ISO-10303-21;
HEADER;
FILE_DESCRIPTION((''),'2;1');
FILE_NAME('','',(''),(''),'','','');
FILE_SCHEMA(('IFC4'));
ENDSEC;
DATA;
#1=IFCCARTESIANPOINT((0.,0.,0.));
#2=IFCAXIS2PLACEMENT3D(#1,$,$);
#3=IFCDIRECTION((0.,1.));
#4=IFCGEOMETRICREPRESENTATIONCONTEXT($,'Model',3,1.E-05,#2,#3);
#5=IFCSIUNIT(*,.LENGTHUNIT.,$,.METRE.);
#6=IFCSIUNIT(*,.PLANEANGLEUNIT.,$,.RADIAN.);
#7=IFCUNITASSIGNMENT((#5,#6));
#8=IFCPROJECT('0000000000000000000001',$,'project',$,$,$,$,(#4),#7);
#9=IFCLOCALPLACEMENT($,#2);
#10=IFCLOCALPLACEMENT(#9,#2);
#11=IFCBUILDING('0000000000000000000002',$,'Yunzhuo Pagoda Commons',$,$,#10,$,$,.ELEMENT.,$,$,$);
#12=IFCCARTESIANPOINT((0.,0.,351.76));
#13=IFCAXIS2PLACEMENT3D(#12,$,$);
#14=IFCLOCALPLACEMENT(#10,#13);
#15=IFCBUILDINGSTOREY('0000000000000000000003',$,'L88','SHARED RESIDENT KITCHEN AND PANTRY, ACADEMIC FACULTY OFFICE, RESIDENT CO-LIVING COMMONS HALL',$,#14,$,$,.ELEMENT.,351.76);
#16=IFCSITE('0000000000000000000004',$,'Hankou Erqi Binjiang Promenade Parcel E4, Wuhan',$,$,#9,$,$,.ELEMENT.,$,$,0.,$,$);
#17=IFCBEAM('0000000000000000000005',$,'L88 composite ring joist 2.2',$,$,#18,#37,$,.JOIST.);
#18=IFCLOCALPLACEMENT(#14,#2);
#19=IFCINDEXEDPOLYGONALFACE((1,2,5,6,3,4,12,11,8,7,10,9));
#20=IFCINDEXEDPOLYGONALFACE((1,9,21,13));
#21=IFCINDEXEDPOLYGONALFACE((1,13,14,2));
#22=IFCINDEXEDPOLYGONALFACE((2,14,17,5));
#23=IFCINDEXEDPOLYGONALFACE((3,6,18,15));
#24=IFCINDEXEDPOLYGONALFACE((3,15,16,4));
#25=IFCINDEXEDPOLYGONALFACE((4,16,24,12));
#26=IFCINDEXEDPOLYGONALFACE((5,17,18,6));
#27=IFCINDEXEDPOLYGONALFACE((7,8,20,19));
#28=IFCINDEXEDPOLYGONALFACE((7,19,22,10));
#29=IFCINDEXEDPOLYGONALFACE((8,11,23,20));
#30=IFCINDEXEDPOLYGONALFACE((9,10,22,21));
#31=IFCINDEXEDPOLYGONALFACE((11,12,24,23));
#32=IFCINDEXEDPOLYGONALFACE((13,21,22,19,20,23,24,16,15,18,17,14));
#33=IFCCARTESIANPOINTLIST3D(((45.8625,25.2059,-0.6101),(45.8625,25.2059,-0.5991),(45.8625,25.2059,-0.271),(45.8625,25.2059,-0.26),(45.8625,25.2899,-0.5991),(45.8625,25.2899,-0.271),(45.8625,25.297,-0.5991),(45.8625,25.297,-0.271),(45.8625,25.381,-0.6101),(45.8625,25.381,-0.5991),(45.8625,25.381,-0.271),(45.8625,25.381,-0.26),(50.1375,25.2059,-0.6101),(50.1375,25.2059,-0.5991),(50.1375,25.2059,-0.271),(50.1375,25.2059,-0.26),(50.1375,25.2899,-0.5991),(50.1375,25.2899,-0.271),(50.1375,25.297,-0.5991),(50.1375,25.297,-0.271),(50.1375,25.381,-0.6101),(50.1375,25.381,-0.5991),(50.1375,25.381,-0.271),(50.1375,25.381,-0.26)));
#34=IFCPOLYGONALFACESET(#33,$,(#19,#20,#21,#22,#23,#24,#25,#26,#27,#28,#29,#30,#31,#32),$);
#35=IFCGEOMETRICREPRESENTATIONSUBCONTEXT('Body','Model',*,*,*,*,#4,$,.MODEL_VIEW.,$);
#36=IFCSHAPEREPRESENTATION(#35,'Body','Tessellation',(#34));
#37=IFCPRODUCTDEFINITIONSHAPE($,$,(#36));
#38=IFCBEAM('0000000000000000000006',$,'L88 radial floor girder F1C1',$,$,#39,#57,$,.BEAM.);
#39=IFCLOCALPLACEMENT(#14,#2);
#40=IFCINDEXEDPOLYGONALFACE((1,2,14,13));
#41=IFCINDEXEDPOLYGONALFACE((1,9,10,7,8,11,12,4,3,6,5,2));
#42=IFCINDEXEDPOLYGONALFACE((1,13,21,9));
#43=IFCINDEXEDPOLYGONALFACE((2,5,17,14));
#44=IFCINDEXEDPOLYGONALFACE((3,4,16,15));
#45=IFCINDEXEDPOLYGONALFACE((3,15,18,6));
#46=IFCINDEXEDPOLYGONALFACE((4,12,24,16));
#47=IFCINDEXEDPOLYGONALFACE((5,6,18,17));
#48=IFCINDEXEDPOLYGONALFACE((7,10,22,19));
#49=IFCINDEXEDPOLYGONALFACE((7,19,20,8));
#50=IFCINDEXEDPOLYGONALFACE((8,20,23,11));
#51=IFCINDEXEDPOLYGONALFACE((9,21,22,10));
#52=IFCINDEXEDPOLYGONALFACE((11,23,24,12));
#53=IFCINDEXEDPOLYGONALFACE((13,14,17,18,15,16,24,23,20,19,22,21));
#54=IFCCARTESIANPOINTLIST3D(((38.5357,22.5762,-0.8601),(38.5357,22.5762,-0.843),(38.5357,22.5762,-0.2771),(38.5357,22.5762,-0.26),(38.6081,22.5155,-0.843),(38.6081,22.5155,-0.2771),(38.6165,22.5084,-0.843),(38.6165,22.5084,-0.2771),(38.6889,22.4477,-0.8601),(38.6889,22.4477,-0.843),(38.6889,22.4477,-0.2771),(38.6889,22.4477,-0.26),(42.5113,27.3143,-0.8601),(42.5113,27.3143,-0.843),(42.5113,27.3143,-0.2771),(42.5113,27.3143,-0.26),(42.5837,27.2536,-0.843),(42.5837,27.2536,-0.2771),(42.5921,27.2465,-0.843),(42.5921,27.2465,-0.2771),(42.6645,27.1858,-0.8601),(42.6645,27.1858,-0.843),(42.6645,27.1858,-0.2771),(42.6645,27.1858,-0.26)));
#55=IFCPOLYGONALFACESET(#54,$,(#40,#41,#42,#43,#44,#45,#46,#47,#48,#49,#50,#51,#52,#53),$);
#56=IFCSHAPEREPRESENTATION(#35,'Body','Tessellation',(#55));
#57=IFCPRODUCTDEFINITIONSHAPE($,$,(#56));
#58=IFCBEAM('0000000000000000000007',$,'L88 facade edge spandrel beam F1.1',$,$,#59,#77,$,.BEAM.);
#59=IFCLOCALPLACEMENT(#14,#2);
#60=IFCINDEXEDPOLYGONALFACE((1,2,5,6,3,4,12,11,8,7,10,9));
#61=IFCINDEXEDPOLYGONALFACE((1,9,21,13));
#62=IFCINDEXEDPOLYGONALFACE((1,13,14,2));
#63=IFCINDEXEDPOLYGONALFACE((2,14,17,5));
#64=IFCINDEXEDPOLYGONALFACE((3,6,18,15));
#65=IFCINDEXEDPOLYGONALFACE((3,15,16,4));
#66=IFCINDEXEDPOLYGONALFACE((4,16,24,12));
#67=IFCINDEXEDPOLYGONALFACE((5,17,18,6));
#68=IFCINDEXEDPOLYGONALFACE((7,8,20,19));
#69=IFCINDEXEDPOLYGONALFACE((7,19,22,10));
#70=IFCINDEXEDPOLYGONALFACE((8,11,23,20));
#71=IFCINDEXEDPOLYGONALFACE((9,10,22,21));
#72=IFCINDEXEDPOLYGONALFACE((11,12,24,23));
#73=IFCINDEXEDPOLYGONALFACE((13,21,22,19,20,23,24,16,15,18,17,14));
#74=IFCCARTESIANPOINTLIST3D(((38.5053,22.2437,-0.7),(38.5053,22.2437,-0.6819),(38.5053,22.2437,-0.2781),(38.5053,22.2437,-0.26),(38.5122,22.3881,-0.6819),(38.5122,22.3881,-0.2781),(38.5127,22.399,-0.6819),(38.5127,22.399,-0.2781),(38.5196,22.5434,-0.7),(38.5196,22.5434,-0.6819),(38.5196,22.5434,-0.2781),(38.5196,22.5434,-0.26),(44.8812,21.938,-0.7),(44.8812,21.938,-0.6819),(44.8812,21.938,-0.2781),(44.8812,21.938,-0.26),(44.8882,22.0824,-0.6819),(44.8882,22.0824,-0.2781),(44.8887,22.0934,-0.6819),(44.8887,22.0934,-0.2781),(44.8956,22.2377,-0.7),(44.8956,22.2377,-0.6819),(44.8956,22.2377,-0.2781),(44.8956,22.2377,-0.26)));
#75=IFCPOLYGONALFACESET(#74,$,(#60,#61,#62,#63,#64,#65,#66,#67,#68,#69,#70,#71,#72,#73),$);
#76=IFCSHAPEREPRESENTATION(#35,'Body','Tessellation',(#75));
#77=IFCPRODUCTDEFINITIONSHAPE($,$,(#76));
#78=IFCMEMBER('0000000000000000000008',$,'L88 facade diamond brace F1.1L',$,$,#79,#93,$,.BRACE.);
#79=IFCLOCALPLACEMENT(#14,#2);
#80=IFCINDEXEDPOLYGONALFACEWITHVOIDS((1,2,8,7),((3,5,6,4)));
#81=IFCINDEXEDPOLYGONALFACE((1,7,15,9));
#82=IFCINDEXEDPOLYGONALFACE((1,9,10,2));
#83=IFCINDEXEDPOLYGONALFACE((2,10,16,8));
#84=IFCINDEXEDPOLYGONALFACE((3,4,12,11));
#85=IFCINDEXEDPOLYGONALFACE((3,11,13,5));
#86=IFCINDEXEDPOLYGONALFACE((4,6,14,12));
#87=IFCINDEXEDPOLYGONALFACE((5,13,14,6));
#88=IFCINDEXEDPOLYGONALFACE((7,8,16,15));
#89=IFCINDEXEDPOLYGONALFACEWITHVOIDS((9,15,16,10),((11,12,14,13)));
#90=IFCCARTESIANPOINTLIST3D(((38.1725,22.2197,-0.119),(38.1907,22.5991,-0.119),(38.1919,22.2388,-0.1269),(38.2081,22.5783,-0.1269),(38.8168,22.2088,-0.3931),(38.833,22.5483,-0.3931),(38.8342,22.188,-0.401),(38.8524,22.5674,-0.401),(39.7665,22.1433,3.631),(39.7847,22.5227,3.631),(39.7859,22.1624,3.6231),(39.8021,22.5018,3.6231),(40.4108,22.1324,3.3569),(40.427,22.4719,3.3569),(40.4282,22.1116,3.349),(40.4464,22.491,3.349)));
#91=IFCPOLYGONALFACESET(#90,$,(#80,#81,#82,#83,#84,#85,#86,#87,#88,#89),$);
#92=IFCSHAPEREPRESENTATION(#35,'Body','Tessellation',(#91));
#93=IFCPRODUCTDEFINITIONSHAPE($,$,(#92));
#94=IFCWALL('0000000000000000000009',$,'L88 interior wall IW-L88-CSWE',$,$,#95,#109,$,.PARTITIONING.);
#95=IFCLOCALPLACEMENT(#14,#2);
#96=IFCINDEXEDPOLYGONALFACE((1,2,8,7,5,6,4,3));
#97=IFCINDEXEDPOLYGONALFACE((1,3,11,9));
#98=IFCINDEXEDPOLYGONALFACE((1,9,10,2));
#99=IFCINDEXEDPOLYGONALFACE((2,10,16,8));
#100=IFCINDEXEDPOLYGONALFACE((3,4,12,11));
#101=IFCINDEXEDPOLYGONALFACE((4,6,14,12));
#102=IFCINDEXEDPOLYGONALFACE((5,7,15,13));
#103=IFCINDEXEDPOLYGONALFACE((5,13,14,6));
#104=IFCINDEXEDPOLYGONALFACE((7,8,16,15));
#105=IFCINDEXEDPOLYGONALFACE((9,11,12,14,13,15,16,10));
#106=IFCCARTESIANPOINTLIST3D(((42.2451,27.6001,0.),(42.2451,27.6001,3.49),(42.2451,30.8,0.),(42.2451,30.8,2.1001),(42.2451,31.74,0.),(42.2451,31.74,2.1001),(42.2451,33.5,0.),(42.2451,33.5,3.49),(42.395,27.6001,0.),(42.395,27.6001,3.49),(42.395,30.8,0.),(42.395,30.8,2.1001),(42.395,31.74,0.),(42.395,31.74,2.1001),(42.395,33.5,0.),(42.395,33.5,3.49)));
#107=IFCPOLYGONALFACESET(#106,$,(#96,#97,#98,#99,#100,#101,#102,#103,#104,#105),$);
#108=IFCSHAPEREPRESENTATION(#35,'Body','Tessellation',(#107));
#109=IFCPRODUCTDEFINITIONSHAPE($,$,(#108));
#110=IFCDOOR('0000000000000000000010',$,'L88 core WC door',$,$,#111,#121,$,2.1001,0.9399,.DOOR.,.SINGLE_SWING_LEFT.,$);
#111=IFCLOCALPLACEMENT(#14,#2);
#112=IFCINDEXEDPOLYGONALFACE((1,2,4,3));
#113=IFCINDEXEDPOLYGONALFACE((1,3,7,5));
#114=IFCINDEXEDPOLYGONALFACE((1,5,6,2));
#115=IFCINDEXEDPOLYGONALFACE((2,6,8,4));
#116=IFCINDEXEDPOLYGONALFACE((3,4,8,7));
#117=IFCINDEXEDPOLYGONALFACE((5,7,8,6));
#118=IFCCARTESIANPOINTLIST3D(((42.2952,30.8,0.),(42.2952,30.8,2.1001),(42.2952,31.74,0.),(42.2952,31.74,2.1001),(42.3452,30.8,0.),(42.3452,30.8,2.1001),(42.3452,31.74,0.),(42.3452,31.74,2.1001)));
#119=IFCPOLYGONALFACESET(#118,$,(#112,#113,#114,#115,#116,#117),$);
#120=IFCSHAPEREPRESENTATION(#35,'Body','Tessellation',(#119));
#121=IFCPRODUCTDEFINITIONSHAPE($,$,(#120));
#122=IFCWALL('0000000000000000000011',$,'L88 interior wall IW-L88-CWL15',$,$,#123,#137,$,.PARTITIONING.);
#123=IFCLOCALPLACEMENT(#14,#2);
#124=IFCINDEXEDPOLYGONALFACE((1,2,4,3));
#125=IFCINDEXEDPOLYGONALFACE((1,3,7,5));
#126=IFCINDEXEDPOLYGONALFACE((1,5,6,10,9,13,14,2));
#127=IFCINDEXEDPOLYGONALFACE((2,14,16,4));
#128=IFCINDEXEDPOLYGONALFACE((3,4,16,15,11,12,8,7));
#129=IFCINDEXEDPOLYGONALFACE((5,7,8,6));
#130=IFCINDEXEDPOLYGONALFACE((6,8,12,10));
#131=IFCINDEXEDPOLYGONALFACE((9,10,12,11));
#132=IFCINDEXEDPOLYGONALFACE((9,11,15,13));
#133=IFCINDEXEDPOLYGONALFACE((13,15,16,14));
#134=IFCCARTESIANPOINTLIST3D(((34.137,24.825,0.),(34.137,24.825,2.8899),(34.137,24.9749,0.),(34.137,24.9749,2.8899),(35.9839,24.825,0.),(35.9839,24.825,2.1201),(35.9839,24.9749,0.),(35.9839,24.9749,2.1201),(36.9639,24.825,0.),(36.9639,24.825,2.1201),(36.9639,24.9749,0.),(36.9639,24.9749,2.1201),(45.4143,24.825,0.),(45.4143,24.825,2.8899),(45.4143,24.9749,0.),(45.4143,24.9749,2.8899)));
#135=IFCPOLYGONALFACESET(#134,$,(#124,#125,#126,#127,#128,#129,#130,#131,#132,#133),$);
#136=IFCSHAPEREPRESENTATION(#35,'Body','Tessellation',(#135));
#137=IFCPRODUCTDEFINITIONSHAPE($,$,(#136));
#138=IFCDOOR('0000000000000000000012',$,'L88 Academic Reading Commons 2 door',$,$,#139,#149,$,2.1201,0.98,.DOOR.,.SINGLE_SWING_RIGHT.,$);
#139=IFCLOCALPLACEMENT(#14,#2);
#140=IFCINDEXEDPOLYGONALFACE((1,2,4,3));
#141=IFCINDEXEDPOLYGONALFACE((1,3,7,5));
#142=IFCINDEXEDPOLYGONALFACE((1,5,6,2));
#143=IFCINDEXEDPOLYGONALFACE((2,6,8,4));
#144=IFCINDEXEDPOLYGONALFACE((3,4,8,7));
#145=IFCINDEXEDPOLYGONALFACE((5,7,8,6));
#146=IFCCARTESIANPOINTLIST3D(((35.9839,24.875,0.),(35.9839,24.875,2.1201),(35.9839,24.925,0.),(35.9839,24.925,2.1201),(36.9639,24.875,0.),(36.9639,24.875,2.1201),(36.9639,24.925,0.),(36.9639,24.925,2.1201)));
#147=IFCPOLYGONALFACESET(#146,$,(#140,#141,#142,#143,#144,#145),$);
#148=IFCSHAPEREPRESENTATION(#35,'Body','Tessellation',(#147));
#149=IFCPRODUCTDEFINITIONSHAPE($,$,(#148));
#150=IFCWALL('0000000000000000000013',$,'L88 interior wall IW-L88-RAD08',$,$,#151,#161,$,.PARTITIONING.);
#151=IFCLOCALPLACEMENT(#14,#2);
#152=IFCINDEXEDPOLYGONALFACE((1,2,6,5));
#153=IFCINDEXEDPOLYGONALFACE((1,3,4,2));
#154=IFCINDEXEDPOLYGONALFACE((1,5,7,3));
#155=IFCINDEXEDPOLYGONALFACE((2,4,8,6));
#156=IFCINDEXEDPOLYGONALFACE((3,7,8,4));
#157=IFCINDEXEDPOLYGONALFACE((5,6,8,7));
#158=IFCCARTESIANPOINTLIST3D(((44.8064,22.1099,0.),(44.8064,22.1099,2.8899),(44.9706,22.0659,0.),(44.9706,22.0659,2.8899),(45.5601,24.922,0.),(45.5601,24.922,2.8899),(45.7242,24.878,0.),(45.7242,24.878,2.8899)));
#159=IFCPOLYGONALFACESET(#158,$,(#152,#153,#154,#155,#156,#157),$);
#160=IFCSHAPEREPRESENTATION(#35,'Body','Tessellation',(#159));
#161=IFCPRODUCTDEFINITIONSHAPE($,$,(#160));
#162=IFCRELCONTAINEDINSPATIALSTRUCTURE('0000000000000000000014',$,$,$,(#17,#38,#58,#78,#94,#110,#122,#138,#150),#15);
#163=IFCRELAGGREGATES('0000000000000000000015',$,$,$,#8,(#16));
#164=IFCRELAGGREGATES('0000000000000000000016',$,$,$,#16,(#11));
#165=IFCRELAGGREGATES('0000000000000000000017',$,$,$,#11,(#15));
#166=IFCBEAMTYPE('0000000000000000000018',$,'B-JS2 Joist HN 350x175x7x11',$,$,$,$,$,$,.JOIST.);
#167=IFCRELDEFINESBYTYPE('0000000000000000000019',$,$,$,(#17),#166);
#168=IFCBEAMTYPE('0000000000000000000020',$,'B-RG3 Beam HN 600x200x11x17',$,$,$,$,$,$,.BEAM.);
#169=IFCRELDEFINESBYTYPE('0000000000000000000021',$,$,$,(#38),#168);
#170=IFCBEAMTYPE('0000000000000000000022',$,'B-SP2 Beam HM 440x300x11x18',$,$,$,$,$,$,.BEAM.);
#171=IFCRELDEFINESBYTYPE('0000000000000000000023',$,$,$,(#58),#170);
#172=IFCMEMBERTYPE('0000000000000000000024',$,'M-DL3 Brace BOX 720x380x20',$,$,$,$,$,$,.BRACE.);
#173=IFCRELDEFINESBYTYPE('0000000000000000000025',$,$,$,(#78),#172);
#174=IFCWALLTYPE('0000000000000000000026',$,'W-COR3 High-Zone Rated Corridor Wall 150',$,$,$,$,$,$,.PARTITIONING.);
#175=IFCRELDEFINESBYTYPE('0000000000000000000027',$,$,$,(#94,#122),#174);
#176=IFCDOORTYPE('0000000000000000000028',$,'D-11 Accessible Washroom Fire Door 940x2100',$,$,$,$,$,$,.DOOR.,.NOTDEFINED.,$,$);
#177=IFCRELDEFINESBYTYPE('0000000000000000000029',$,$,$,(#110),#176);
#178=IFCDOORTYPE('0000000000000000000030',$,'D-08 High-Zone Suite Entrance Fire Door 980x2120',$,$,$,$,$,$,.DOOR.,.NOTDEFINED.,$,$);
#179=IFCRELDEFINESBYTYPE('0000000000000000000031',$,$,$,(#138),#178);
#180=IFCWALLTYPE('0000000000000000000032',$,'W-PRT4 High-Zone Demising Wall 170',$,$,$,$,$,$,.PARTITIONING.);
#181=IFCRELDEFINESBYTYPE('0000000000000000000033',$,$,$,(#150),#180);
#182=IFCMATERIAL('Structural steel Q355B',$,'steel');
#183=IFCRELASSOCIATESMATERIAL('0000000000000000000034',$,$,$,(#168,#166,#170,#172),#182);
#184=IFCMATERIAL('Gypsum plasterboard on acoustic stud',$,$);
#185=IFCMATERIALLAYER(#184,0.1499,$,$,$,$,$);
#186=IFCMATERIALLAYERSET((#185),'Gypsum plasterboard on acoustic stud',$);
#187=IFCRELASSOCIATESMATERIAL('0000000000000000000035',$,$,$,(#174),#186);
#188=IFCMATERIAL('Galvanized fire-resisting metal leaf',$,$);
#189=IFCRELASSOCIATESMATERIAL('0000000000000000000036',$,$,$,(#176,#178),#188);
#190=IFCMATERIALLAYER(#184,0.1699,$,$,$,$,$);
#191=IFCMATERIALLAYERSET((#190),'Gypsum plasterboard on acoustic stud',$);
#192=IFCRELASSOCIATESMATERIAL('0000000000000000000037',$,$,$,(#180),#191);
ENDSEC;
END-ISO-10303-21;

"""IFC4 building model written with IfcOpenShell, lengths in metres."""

from ifc_helpers import new_model, si_unit, direction, frame, frame_2d, origin, origin_with_axes, origin_2d, place, context, subcontext, project, spatial, rectangle, hollow_rectangle, i_section, extrude, source, transform, mapped, material, layer, layer_set, material_profile, profile_set, type_object, element, fill, save


model = new_model("IFC4")

# Units and contexts
model_context = context("Model", 3, precision=1e-05, world=origin(), true_north=direction((0.0, 1.0)))
body_context = subcontext(model_context, "Body", "Model", "MODEL_VIEW")
ifc_project = project(units=[si_unit("LENGTHUNIT", "METRE"), si_unit("PLANEANGLEUNIT", "RADIAN")], contexts=[model_context])

# Site, building, storey
site_placement = place(None, origin())
site = spatial("IfcSite", under=ifc_project, at=site_placement, Name="Hankou Erqi Binjiang Promenade Parcel E4, Wuhan", CompositionType="ELEMENT", RefElevation=0.0)
building_placement = place(site_placement, origin())
building = spatial("IfcBuilding", under=site, at=building_placement, Name="Yunzhuo Pagoda Commons", CompositionType="ELEMENT")
storey_placement = place(building_placement, frame((0.0, 0.0, 351.76)))
storey = spatial("IfcBuildingStorey", under=building, at=storey_placement, Name="L88", Description="SHARED RESIDENT KITCHEN AND PANTRY, ACADEMIC FACULTY OFFICE, RESIDENT CO-LIVING COMMONS HALL", CompositionType="ELEMENT", Elevation=351.76)

# Shared definitions
ifc_material_1 = material(Name="Structural steel Q355B", Category="steel")

# Beams
ifc_material_profile_1 = material_profile(ifc_material_1, i_section(OverallWidth=0.2, OverallDepth=0.6001, WebThickness=0.011, FlangeThickness=0.0171, at=origin_2d()), Name="Structural steel Q355B")
ifc_profile_set_1 = profile_set([ifc_material_profile_1], Name="Structural steel Q355B")
beam_type_1 = type_object("IfcBeamType", Name="B-RG3 Beam HN 600x200x11x17", PredefinedType="BEAM", material=ifc_profile_set_1)
ifc_material_profile_2 = material_profile(ifc_material_1, i_section(OverallWidth=0.175, OverallDepth=0.3501, WebThickness=0.0071, FlangeThickness=0.011, at=origin_2d()), Name="Structural steel Q355B")
ifc_profile_set_2 = profile_set([ifc_material_profile_2], Name="Structural steel Q355B")
beam_type_2 = type_object("IfcBeamType", Name="B-JS2 Joist HN 350x175x7x11", PredefinedType="JOIST", material=ifc_profile_set_2)
shared_shape_1 = source(origin(), body_context, "Body", "SweptSolid", [
    extrude(i_section(OverallWidth=0.175, OverallDepth=0.3501, WebThickness=0.0071, FlangeThickness=0.011, at=origin_2d()), origin(), (0.0, 0.0, 1.0), 4.2749),
])
beam_1_placement = place(storey_placement, frame((45.8625, 25.2935, -0.4351), z_axis=(1.0, 0.0, 0.0), x_axis=(0.0, 1.0, 0.0)))
element("IfcBeam", 1, at=beam_1_placement, inside=storey, type_object=beam_type_2, Name="L88 composite ring joist 2.2", PredefinedType="JOIST", context=body_context, shape_type="MappedRepresentation", body=[
    mapped(shared_shape_1, transform((0.0, 0.0, 0.0), scale=1.0)),
])
shared_shape_2 = source(origin(), body_context, "Body", "SweptSolid", [
    extrude(i_section(OverallWidth=0.2, OverallDepth=0.6001, WebThickness=0.011, FlangeThickness=0.0171, at=origin_2d()), origin(), (0.0, 0.0, 1.0), 6.1851),
])
beam_2_placement = place(storey_placement, frame((38.6123, 22.512, -0.5601), z_axis=(0.642778, 0.766052, 0.0), x_axis=(-0.766052, 0.642778, 0.0)))
element("IfcBeam", 2, at=beam_2_placement, inside=storey, type_object=beam_type_1, Name="L88 radial floor girder F1C1", PredefinedType="BEAM", context=body_context, shape_type="MappedRepresentation", body=[
    mapped(shared_shape_2, transform((0.0, 0.0, 0.0), scale=1.0)),
])
ifc_material_profile_3 = material_profile(ifc_material_1, i_section(OverallWidth=0.3, OverallDepth=0.4399, WebThickness=0.011, FlangeThickness=0.0181, at=origin_2d()), Name="Structural steel Q355B")
ifc_profile_set_3 = profile_set([ifc_material_profile_3], Name="Structural steel Q355B")
beam_type_3 = type_object("IfcBeamType", Name="B-SP2 Beam HM 440x300x11x18", PredefinedType="BEAM", material=ifc_profile_set_3)
shared_shape_3 = source(origin(), body_context, "Body", "SweptSolid", [
    extrude(i_section(OverallWidth=0.3, OverallDepth=0.4399, WebThickness=0.011, FlangeThickness=0.0181, at=origin_2d()), origin(), (0.0, 0.0, 1.0), 6.3833),
])
beam_3_placement = place(storey_placement, frame((38.5125, 22.3936, -0.48), z_axis=(0.998853, -0.047885, 0.0), x_axis=(0.047885, 0.998853, 0.0)))
element("IfcBeam", 3, at=beam_3_placement, inside=storey, type_object=beam_type_3, Name="L88 facade edge spandrel beam F1.1", PredefinedType="BEAM", context=body_context, shape_type="MappedRepresentation", body=[
    mapped(shared_shape_3, transform((0.0, 0.0, 0.0), scale=1.0)),
])

# Member
ifc_material_profile_4 = material_profile(ifc_material_1, hollow_rectangle(XDim=0.3799, YDim=0.72, WallThickness=0.02, at=origin_2d()), Name="Structural steel Q355B")
ifc_profile_set_4 = profile_set([ifc_material_profile_4], Name="Structural steel Q355B")
member_type = type_object("IfcMemberType", Name="M-DL3 Brace BOX 720x380x20", PredefinedType="BRACE", material=ifc_profile_set_4)
shared_shape_4 = source(origin(), body_context, "Body", "SweptSolid", [
    extrude(hollow_rectangle(XDim=0.3799, YDim=0.72, WallThickness=0.02, at=origin_2d()), origin(), (0.0, 0.0, 1.0), 4.0754),
])
member_placement = place(storey_placement, frame((38.5125, 22.3936, -0.26), z_axis=(0.391123, -0.01875, 0.920148), x_axis=(0.047885, 0.998853, 0.0)))
element("IfcMember", 4, at=member_placement, inside=storey, type_object=member_type, Name="L88 facade diamond brace F1.1L", PredefinedType="BRACE", context=body_context, shape_type="MappedRepresentation", body=[
    mapped(shared_shape_4, transform((0.0, 0.0, 0.0), scale=1.0)),
])

# Walls, openings, doors
ifc_material_2 = material(Name="Gypsum plasterboard on acoustic stud")
ifc_layer_1 = layer(ifc_material_2, 0.1499)
ifc_layer_set_1 = layer_set([ifc_layer_1], Name="Gypsum plasterboard on acoustic stud")
wall_type_1 = type_object("IfcWallType", Name="W-COR3 High-Zone Rated Corridor Wall 150", PredefinedType="PARTITIONING", material=ifc_layer_set_1)
wall_1_placement = place(storey_placement, frame((42.3201, 27.6001, 0.0), z_axis=(0.0, 0.0, 1.0), x_axis=(0.0, 1.0, 0.0)))
wall_1 = element("IfcWall", 5, at=wall_1_placement, inside=storey, type_object=wall_type_1, Name="L88 interior wall IW-L88-CSWE", PredefinedType="PARTITIONING", context=body_context, shape_type="SweptSolid", body=[
    extrude(rectangle(XDim=5.8999, YDim=0.1499, at=frame_2d((2.95, 0.0))), origin(), (0.0, 0.0, 1.0), 3.49),
])
opening_1_placement = place(wall_1_placement, frame((3.2, 0.0, 0.0)))
opening_1 = element("IfcOpeningElement", 6, at=opening_1_placement, cuts=wall_1, PredefinedType="OPENING", context=body_context, shape_type="SweptSolid", body=[
    extrude(rectangle(XDim=0.9399, YDim=2.1001, at=frame_2d((0.47, 1.05))), frame((0.0, 0.085, 0.0), z_axis=(0.0, -1.0, 0.0), x_axis=(1.0, 0.0, 0.0)), (0.0, 0.0, 1.0), 0.1699),
])
ifc_material_3 = material(Name="Galvanized fire-resisting metal leaf")
door_type_1 = type_object("IfcDoorType", Name="D-11 Accessible Washroom Fire Door 940x2100", OperationType="NOTDEFINED", PredefinedType="DOOR", material=ifc_material_3)
shared_shape_5 = source(origin(), body_context, "Body", "SweptSolid", [
    extrude(rectangle(XDim=0.9399, YDim=2.1001, at=frame_2d((0.47, 1.05))), frame((0.0, 0.0249, 0.0), z_axis=(0.0, -1.0, 0.0), x_axis=(1.0, 0.0, 0.0)), (0.0, 0.0, 1.0), 0.05),
])
door_1_placement = place(opening_1_placement, origin_with_axes())
door_1 = element("IfcDoor", 7, at=door_1_placement, inside=storey, type_object=door_type_1, Name="L88 core WC door", OperationType="SINGLE_SWING_LEFT", OverallHeight=2.1001, OverallWidth=0.9399, PredefinedType="DOOR", context=body_context, shape_type="MappedRepresentation", body=[
    mapped(shared_shape_5, transform((0.0, 0.0, 0.0), scale=1.0)),
])
fill(opening_1, door_1)
wall_2_placement = place(storey_placement, frame((45.4143, 24.8999, 0.0), z_axis=(0.0, 0.0, 1.0), x_axis=(-1.0, 0.0, 0.0)))
wall_2 = element("IfcWall", 8, at=wall_2_placement, inside=storey, type_object=wall_type_1, Name="L88 interior wall IW-L88-CWL15", PredefinedType="PARTITIONING", context=body_context, shape_type="SweptSolid", body=[
    extrude(rectangle(XDim=11.2773, YDim=0.1499, at=frame_2d((5.6387, 0.0))), origin(), (0.0, 0.0, 1.0), 2.8899),
])
opening_2_placement = place(wall_2_placement, frame((8.4504, 0.0, 0.0)))
opening_2 = element("IfcOpeningElement", 9, at=opening_2_placement, cuts=wall_2, PredefinedType="OPENING", context=body_context, shape_type="SweptSolid", body=[
    extrude(rectangle(XDim=0.98, YDim=2.1201, at=frame_2d((0.49, 1.0601))), frame((0.0, 0.085, 0.0), z_axis=(0.0, -1.0, 0.0), x_axis=(1.0, 0.0, 0.0)), (0.0, 0.0, 1.0), 0.1699),
])
door_type_2 = type_object("IfcDoorType", Name="D-08 High-Zone Suite Entrance Fire Door 980x2120", OperationType="NOTDEFINED", PredefinedType="DOOR", material=ifc_material_3)
shared_shape_6 = source(origin(), body_context, "Body", "SweptSolid", [
    extrude(rectangle(XDim=0.98, YDim=2.1201, at=frame_2d((0.49, 1.0601))), frame((0.0, 0.0249, 0.0), z_axis=(0.0, -1.0, 0.0), x_axis=(1.0, 0.0, 0.0)), (0.0, 0.0, 1.0), 0.05),
])
door_2_placement = place(opening_2_placement, origin_with_axes())
door_2 = element("IfcDoor", 10, at=door_2_placement, inside=storey, type_object=door_type_2, Name="L88 Academic Reading Commons 2 door", OperationType="SINGLE_SWING_RIGHT", OverallHeight=2.1201, OverallWidth=0.98, PredefinedType="DOOR", context=body_context, shape_type="MappedRepresentation", body=[
    mapped(shared_shape_6, transform((0.0, 0.0, 0.0), scale=1.0)),
])
fill(opening_2, door_2)

# Wall
ifc_layer_2 = layer(ifc_material_2, 0.1699)
ifc_layer_set_2 = layer_set([ifc_layer_2], Name="Gypsum plasterboard on acoustic stud")
wall_type_2 = type_object("IfcWallType", Name="W-PRT4 High-Zone Demising Wall 170", PredefinedType="PARTITIONING", material=ifc_layer_set_2)
wall_3_placement = place(storey_placement, frame((45.6421, 24.8999, 0.0), z_axis=(0.0, 0.0, 1.0), x_axis=(-0.258858, -0.965915, 0.0)))
element("IfcWall", 11, at=wall_3_placement, inside=storey, type_object=wall_type_2, Name="L88 interior wall IW-L88-RAD08", PredefinedType="PARTITIONING", context=body_context, shape_type="SweptSolid", body=[
    extrude(rectangle(XDim=2.9114, YDim=0.1699, at=frame_2d((1.4556, 0.0))), origin(), (0.0, 0.0, 1.0), 2.8899),
])

save(model, "model.ifc")
